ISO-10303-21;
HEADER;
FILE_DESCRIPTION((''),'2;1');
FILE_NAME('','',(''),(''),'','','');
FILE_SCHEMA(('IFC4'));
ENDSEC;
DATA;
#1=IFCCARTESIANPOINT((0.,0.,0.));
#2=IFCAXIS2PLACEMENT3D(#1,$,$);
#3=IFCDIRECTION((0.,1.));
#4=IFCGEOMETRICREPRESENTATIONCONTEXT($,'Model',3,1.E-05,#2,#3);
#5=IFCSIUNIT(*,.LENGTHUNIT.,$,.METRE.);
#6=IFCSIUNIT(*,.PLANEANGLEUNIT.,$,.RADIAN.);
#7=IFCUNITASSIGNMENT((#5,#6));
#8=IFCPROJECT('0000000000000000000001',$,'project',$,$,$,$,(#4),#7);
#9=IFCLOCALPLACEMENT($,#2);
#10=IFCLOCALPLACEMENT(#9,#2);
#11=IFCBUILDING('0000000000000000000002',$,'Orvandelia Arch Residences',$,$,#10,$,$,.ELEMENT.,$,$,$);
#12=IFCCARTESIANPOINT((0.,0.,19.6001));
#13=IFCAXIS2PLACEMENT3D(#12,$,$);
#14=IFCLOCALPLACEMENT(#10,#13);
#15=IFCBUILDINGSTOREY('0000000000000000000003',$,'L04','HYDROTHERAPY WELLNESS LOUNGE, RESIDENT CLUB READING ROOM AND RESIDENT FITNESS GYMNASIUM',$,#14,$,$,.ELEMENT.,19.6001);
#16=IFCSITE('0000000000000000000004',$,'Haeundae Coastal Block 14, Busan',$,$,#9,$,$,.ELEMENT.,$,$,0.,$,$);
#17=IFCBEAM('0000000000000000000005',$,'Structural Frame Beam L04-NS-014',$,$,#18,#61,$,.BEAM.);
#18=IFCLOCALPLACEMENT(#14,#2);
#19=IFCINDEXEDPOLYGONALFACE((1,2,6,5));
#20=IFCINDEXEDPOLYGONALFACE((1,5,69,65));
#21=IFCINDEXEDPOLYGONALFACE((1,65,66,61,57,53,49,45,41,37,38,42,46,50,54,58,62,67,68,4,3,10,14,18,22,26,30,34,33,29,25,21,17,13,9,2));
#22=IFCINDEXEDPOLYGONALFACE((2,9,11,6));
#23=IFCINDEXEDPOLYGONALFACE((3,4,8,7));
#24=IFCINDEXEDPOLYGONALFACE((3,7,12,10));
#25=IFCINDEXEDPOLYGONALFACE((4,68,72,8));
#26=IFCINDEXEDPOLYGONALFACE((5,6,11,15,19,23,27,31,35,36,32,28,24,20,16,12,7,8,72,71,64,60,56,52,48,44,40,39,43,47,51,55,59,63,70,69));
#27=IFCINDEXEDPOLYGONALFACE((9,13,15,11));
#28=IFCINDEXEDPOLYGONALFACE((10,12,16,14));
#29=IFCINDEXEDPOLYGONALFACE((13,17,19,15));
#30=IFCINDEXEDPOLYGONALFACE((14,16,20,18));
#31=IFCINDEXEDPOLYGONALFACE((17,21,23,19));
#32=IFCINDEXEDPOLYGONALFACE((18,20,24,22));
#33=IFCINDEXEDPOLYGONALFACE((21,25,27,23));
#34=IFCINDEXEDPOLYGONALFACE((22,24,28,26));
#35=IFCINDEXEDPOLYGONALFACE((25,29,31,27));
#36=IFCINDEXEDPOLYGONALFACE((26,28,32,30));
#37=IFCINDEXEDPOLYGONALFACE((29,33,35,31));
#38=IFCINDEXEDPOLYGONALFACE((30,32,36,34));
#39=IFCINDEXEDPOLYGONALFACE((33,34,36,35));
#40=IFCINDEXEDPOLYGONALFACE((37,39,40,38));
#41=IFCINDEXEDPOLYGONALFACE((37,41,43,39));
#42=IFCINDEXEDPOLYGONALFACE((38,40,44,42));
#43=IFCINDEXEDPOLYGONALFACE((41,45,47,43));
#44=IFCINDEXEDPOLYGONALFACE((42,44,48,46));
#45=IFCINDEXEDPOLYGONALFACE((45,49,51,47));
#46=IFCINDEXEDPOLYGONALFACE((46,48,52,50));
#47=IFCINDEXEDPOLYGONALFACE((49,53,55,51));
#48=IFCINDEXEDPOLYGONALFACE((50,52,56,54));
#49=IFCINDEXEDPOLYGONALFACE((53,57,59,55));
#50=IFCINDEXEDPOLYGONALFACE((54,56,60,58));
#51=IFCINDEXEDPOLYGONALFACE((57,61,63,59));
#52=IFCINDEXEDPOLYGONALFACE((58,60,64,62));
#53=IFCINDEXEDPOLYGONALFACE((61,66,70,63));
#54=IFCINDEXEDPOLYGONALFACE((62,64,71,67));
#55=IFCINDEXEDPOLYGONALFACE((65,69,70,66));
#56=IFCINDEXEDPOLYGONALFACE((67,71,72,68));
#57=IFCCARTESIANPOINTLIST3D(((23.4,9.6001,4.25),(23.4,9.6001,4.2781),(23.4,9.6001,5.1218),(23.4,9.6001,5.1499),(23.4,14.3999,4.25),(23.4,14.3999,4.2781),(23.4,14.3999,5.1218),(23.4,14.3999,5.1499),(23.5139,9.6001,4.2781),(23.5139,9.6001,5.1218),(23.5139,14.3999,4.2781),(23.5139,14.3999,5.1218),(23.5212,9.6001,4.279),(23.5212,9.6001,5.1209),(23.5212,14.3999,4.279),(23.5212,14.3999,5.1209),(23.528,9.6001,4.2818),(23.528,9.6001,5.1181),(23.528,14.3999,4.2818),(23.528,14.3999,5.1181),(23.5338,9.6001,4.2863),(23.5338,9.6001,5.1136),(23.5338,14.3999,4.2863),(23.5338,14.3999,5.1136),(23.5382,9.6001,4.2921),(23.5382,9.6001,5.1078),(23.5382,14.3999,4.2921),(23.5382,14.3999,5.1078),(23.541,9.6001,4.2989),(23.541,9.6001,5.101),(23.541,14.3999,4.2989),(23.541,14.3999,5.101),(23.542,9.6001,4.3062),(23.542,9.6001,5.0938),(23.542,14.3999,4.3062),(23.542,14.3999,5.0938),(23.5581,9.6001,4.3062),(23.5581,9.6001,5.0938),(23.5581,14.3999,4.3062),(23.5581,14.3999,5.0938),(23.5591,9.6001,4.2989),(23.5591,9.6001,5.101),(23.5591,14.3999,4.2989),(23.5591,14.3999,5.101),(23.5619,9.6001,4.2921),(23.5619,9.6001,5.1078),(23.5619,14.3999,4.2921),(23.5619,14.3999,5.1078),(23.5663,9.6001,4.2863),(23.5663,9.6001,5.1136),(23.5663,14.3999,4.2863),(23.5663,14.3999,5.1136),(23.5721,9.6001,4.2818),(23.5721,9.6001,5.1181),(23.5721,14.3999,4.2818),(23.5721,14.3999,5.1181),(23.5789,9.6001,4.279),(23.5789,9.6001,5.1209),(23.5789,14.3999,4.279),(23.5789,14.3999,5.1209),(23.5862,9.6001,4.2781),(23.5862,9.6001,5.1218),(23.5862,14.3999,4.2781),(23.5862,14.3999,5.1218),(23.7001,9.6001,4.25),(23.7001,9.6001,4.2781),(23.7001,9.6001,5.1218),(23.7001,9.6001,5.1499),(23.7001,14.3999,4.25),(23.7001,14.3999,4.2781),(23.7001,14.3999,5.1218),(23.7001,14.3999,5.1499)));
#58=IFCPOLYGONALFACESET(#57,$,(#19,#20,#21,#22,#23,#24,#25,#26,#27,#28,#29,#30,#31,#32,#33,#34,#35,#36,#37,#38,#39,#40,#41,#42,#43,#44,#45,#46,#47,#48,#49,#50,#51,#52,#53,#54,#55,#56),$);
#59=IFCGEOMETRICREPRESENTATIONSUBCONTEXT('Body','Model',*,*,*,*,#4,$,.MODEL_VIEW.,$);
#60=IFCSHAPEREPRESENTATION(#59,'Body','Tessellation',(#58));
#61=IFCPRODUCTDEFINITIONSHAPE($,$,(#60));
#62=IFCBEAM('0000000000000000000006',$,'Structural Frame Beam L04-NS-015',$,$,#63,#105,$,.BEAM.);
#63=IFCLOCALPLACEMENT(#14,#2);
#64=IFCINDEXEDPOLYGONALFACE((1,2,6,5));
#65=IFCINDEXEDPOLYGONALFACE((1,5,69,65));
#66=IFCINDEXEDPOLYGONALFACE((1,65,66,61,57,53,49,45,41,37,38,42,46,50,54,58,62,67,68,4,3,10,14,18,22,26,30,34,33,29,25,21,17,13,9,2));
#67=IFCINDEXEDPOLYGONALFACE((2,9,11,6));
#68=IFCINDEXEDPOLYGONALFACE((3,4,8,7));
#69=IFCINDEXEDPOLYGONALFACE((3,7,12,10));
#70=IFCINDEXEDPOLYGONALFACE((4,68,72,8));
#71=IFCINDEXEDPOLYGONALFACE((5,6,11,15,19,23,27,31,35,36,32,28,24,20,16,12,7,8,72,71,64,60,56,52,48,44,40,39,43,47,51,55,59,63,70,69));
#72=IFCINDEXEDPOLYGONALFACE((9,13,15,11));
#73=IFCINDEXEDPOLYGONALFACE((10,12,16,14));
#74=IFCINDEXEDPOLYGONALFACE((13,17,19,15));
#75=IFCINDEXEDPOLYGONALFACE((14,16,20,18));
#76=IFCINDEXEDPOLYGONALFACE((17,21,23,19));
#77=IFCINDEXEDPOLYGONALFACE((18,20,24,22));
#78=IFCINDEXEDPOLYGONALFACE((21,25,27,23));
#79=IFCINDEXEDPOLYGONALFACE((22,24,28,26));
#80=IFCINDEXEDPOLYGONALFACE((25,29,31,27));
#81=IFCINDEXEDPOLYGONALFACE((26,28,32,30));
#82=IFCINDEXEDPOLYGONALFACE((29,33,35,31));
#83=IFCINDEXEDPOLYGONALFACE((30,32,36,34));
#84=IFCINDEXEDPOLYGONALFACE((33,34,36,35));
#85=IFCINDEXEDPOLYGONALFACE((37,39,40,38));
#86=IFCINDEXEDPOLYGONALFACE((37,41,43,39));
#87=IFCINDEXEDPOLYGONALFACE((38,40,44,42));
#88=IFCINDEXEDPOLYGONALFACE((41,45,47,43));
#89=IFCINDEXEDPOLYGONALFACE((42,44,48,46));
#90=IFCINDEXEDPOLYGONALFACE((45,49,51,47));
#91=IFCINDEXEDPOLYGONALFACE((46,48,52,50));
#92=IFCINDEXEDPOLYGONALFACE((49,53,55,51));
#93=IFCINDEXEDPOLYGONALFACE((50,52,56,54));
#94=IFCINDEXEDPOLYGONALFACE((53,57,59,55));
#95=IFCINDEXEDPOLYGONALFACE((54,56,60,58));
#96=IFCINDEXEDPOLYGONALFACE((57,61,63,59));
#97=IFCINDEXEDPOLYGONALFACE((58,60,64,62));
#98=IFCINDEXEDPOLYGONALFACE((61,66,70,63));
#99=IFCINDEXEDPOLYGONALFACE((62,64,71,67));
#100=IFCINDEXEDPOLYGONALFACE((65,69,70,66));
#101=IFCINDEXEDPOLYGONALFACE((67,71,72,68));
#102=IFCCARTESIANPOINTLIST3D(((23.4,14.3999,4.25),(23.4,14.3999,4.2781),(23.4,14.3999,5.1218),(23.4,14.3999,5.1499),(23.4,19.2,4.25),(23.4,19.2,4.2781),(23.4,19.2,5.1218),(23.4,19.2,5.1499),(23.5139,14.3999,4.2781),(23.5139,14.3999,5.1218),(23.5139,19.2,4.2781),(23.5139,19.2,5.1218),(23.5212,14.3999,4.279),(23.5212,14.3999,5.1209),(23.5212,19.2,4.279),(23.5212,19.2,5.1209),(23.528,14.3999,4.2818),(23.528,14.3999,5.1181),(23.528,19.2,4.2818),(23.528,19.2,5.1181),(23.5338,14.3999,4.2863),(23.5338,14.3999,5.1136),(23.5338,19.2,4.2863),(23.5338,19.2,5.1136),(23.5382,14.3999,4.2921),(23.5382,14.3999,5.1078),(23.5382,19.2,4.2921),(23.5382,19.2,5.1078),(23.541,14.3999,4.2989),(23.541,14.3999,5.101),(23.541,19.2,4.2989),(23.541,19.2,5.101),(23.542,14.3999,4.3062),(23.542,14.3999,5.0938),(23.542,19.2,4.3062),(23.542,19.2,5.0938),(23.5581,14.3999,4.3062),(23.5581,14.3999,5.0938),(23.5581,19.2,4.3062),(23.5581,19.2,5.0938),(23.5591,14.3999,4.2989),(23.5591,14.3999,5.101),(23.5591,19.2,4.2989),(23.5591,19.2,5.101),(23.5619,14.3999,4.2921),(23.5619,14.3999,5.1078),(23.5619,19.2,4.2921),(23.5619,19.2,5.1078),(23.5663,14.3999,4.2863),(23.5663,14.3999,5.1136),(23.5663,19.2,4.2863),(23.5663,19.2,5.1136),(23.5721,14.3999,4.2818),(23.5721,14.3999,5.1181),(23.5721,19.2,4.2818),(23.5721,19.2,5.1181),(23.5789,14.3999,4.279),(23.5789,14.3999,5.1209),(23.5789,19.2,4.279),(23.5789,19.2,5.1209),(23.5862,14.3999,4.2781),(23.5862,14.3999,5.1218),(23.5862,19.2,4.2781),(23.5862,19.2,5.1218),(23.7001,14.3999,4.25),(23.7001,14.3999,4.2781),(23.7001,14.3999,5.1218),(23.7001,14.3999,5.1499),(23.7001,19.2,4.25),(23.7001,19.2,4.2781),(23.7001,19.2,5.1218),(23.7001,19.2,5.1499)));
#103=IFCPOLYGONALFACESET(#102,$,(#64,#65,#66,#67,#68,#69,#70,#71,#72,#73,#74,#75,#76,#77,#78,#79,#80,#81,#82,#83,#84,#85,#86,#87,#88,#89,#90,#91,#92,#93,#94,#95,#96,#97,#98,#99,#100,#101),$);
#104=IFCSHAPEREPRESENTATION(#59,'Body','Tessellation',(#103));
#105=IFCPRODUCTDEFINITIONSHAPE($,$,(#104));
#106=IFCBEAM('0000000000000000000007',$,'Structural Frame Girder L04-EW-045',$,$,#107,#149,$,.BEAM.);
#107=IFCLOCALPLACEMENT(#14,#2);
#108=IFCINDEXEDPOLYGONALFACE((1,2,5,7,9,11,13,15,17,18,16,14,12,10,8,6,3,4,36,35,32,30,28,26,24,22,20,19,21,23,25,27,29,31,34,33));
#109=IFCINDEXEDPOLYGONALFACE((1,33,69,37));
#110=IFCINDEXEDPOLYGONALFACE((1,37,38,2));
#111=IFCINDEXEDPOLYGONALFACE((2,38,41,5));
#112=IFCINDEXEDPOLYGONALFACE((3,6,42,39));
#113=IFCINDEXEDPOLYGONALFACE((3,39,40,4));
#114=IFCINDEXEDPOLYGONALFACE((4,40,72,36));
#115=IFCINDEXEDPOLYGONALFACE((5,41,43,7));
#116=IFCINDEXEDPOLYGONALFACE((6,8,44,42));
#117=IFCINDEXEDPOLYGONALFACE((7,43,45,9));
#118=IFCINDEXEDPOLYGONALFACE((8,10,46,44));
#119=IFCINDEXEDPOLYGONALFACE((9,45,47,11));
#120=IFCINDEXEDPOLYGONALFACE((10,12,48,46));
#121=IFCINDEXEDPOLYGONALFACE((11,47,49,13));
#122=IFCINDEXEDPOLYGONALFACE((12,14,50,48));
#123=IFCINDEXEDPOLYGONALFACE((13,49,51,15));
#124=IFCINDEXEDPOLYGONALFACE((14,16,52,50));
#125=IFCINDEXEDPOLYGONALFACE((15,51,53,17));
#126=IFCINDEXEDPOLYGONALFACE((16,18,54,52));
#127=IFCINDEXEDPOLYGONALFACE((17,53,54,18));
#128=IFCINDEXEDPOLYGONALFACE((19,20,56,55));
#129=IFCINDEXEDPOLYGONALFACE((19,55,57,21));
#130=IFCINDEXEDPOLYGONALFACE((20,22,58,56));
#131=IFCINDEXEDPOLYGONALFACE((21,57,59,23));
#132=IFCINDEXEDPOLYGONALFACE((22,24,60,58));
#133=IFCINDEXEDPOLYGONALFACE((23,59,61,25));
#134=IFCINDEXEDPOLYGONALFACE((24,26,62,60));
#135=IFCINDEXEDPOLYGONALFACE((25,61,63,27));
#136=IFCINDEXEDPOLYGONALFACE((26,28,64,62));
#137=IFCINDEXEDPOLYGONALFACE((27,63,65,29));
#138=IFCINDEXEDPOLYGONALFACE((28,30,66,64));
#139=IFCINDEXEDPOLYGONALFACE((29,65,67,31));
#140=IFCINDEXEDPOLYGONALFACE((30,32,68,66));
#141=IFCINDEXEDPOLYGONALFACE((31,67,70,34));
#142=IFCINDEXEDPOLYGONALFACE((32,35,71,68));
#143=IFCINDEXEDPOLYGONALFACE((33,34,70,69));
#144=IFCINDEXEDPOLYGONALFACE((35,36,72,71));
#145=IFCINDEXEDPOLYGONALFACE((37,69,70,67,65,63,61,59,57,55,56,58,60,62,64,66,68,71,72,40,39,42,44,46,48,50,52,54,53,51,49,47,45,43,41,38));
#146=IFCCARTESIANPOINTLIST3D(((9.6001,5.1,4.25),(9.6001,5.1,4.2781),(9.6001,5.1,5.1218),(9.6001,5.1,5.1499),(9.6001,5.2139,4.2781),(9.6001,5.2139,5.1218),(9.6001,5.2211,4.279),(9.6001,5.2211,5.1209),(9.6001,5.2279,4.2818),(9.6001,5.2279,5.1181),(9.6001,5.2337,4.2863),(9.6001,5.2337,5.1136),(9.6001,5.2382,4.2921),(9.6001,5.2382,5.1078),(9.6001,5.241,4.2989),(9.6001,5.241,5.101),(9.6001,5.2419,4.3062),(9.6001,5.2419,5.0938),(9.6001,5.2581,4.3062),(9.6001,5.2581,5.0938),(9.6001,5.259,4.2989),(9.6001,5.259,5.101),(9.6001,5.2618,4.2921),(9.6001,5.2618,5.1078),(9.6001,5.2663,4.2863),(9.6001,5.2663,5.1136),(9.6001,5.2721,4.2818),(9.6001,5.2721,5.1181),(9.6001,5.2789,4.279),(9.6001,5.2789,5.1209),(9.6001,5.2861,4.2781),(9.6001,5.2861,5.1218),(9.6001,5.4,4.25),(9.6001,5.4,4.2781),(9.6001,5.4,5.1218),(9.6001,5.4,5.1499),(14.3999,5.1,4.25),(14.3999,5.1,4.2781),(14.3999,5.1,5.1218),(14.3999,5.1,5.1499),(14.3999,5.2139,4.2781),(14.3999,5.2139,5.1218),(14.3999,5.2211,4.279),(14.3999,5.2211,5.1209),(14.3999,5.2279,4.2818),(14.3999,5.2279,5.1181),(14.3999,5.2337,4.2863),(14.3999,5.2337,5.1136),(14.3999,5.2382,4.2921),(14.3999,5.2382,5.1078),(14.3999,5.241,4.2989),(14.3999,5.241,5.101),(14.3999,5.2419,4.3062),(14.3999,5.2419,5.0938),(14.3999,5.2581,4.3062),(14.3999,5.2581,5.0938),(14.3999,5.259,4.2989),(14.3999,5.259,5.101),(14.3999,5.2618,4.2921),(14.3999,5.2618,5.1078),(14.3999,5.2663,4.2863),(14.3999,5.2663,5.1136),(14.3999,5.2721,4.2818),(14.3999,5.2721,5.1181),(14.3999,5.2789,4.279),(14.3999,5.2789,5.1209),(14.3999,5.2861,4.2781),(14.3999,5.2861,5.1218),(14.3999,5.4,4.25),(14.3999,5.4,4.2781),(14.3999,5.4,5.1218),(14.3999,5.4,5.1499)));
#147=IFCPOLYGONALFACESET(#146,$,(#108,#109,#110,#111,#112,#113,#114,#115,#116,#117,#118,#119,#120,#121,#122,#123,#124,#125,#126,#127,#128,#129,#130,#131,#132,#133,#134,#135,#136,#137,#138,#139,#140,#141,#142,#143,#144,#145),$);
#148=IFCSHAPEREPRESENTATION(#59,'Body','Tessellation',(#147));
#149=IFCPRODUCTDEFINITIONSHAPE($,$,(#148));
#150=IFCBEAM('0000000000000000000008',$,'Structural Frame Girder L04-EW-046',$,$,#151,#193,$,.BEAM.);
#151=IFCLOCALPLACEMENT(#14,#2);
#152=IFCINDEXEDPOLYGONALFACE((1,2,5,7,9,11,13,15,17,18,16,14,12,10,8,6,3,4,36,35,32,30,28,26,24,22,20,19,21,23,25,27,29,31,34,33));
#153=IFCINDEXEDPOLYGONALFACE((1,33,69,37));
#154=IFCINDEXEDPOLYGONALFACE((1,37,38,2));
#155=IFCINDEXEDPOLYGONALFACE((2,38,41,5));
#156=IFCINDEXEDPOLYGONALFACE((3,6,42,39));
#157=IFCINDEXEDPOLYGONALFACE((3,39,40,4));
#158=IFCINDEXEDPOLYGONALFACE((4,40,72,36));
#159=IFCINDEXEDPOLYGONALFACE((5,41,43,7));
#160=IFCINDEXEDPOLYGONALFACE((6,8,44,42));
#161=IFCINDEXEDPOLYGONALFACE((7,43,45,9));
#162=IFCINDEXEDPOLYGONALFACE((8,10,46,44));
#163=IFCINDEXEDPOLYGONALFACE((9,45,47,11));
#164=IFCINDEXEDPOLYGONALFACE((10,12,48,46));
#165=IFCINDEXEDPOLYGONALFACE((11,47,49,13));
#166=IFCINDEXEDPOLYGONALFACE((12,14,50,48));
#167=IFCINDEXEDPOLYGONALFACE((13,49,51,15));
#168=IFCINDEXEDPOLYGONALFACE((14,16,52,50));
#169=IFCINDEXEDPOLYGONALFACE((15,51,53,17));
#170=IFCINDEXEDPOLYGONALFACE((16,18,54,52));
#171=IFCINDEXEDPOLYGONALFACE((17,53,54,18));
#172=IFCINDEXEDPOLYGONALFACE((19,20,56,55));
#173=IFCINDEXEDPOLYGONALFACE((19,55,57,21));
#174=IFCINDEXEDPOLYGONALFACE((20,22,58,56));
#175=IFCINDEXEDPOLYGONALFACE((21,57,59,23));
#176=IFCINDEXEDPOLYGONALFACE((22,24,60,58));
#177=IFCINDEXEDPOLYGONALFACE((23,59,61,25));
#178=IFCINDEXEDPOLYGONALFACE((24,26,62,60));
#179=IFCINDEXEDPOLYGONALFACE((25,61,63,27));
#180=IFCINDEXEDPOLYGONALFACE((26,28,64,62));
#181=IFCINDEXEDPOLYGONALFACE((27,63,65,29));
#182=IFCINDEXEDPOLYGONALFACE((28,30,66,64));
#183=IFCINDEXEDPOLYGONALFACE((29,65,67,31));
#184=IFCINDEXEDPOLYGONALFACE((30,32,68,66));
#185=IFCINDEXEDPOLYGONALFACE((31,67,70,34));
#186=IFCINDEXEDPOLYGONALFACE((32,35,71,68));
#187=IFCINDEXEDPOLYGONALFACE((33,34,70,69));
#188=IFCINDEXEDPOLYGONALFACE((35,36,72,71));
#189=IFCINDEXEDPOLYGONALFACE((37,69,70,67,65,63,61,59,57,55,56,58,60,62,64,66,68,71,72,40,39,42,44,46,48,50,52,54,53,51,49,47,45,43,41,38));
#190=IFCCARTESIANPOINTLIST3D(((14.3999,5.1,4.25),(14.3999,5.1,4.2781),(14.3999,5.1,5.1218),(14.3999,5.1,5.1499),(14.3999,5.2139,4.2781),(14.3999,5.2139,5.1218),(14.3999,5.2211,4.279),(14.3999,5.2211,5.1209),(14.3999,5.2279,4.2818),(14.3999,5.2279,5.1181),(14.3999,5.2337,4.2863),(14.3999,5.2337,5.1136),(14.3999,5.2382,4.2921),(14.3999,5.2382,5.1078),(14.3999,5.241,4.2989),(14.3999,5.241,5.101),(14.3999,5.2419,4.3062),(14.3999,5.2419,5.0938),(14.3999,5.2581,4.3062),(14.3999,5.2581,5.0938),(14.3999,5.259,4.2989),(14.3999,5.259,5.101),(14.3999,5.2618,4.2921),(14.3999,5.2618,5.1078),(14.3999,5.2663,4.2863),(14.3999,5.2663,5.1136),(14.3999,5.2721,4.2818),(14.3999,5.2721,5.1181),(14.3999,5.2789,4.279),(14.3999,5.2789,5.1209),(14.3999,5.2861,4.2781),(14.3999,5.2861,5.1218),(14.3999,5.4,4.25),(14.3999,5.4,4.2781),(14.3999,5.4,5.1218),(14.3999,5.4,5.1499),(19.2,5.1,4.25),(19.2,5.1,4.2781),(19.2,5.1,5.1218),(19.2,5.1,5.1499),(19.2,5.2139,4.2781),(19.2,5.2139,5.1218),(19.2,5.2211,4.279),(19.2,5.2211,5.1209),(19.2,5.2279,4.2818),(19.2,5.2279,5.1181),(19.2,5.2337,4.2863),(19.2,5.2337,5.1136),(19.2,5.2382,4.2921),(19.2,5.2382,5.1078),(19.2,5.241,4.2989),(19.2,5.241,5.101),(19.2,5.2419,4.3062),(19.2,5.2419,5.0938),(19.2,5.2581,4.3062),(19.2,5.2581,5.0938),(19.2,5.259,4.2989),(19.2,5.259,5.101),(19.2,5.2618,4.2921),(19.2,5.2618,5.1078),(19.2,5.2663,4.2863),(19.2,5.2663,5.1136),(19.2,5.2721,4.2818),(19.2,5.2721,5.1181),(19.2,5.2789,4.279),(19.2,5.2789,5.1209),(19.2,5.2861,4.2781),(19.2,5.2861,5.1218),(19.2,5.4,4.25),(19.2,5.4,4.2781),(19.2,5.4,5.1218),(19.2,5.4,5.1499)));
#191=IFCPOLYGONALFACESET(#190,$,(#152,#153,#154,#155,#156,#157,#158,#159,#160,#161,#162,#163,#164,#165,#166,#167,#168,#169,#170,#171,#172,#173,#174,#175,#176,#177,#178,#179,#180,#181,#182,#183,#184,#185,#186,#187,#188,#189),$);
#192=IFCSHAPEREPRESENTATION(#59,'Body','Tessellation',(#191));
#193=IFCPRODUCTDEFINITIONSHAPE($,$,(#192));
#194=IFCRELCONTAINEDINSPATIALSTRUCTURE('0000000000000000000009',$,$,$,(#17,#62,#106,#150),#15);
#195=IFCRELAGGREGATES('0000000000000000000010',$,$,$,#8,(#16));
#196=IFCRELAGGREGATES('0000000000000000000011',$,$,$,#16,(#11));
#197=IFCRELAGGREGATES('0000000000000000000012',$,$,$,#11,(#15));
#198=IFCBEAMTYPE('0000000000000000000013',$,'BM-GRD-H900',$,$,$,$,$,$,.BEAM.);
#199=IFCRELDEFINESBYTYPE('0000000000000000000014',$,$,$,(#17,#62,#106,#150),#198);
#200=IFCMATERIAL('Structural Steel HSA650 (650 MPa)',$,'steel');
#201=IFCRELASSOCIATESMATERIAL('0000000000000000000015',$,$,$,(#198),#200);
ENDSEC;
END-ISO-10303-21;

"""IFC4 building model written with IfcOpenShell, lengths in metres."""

from ifc_helpers import new_model, si_unit, direction, frame, origin, origin_2d, place, context, subcontext, project, spatial, i_section, extrude, material, material_profile, profile_set, type_object, element, save


model = new_model("IFC4")

# Units and contexts
model_context = context("Model", 3, precision=1e-05, world=origin(), true_north=direction((0.0, 1.0)))
body_context = subcontext(model_context, "Body", "Model", "MODEL_VIEW")
ifc_project = project(units=[si_unit("LENGTHUNIT", "METRE"), si_unit("PLANEANGLEUNIT", "RADIAN")], contexts=[model_context])

# Site, building, storey
site_placement = place(None, origin())
site = spatial("IfcSite", under=ifc_project, at=site_placement, Name="Haeundae Coastal Block 14, Busan", CompositionType="ELEMENT", RefElevation=0.0)
building_placement = place(site_placement, origin())
building = spatial("IfcBuilding", under=site, at=building_placement, Name="Orvandelia Arch Residences", CompositionType="ELEMENT")
storey_placement = place(building_placement, frame((0.0, 0.0, 19.6001)))
storey = spatial("IfcBuildingStorey", under=building, at=storey_placement, Name="L04", Description="HYDROTHERAPY WELLNESS LOUNGE, RESIDENT CLUB READING ROOM AND RESIDENT FITNESS GYMNASIUM", CompositionType="ELEMENT", Elevation=19.6001)

# Beams
ifc_material_1 = material(Name="Structural Steel HSA650 (650 MPa)", Category="steel")
ifc_material_profile_1 = material_profile(ifc_material_1, i_section(OverallWidth=0.3, OverallDepth=0.8999, WebThickness=0.0161, FlangeThickness=0.0281, FilletRadius=0.0281, at=origin_2d()), Name="Structural Steel HSA650 (650 MPa)", Category="steel")
ifc_profile_set_1 = profile_set([ifc_material_profile_1], Name="Structural Steel HSA650 (650 MPa)")
beam_type_1 = type_object("IfcBeamType", Name="BM-GRD-H900", PredefinedType="BEAM", material=ifc_profile_set_1)
beam_1_placement = place(storey_placement, frame((23.55, 9.6001, 4.7), z_axis=(0.0, 1.0, 0.0), x_axis=(-1.0, 0.0, 0.0)))
element("IfcBeam", 1, at=beam_1_placement, inside=storey, type_object=beam_type_1, Name="Structural Frame Beam L04-NS-014", PredefinedType="BEAM", context=body_context, shape_type="SweptSolid", body=[
    extrude(i_section(OverallWidth=0.3, OverallDepth=0.8999, WebThickness=0.0161, FlangeThickness=0.0281, FilletRadius=0.0281, at=origin_2d()), origin(), (0.0, 0.0, 1.0), 4.7998),
])
beam_2_placement = place(storey_placement, frame((23.55, 14.3999, 4.7), z_axis=(0.0, 1.0, 0.0), x_axis=(-1.0, 0.0, 0.0)))
element("IfcBeam", 2, at=beam_2_placement, inside=storey, type_object=beam_type_1, Name="Structural Frame Beam L04-NS-015", PredefinedType="BEAM", context=body_context, shape_type="SweptSolid", body=[
    extrude(i_section(OverallWidth=0.3, OverallDepth=0.8999, WebThickness=0.0161, FlangeThickness=0.0281, FilletRadius=0.0281, at=origin_2d()), origin(), (0.0, 0.0, 1.0), 4.8),
])
beam_3_placement = place(storey_placement, frame((9.6001, 5.25, 4.7), z_axis=(1.0, 0.0, 0.0), x_axis=(0.0, 1.0, 0.0)))
element("IfcBeam", 3, at=beam_3_placement, inside=storey, type_object=beam_type_1, Name="Structural Frame Girder L04-EW-045", PredefinedType="BEAM", context=body_context, shape_type="SweptSolid", body=[
    extrude(i_section(OverallWidth=0.3, OverallDepth=0.8999, WebThickness=0.0161, FlangeThickness=0.0281, FilletRadius=0.0281, at=origin_2d()), origin(), (0.0, 0.0, 1.0), 4.7998),
])
for number, where, z_axis, x_axis, name in (
    (4, (14.3999, 5.25, 4.7), (1.0, 0.0, 0.0), (0.0, 1.0, 0.0), "Structural Frame Girder L04-EW-046"),
):
    element("IfcBeam", number, at=place(storey_placement, frame(where, z_axis=z_axis, x_axis=x_axis)), inside=storey, type_object=beam_type_1, Name=name, PredefinedType="BEAM", context=body_context, shape_type="SweptSolid", body=[
        extrude(i_section(OverallWidth=0.3, OverallDepth=0.8999, WebThickness=0.0161, FlangeThickness=0.0281, FilletRadius=0.0281, at=origin_2d()), origin(), (0.0, 0.0, 1.0), 4.8),
    ])

save(model, "model.ifc")
